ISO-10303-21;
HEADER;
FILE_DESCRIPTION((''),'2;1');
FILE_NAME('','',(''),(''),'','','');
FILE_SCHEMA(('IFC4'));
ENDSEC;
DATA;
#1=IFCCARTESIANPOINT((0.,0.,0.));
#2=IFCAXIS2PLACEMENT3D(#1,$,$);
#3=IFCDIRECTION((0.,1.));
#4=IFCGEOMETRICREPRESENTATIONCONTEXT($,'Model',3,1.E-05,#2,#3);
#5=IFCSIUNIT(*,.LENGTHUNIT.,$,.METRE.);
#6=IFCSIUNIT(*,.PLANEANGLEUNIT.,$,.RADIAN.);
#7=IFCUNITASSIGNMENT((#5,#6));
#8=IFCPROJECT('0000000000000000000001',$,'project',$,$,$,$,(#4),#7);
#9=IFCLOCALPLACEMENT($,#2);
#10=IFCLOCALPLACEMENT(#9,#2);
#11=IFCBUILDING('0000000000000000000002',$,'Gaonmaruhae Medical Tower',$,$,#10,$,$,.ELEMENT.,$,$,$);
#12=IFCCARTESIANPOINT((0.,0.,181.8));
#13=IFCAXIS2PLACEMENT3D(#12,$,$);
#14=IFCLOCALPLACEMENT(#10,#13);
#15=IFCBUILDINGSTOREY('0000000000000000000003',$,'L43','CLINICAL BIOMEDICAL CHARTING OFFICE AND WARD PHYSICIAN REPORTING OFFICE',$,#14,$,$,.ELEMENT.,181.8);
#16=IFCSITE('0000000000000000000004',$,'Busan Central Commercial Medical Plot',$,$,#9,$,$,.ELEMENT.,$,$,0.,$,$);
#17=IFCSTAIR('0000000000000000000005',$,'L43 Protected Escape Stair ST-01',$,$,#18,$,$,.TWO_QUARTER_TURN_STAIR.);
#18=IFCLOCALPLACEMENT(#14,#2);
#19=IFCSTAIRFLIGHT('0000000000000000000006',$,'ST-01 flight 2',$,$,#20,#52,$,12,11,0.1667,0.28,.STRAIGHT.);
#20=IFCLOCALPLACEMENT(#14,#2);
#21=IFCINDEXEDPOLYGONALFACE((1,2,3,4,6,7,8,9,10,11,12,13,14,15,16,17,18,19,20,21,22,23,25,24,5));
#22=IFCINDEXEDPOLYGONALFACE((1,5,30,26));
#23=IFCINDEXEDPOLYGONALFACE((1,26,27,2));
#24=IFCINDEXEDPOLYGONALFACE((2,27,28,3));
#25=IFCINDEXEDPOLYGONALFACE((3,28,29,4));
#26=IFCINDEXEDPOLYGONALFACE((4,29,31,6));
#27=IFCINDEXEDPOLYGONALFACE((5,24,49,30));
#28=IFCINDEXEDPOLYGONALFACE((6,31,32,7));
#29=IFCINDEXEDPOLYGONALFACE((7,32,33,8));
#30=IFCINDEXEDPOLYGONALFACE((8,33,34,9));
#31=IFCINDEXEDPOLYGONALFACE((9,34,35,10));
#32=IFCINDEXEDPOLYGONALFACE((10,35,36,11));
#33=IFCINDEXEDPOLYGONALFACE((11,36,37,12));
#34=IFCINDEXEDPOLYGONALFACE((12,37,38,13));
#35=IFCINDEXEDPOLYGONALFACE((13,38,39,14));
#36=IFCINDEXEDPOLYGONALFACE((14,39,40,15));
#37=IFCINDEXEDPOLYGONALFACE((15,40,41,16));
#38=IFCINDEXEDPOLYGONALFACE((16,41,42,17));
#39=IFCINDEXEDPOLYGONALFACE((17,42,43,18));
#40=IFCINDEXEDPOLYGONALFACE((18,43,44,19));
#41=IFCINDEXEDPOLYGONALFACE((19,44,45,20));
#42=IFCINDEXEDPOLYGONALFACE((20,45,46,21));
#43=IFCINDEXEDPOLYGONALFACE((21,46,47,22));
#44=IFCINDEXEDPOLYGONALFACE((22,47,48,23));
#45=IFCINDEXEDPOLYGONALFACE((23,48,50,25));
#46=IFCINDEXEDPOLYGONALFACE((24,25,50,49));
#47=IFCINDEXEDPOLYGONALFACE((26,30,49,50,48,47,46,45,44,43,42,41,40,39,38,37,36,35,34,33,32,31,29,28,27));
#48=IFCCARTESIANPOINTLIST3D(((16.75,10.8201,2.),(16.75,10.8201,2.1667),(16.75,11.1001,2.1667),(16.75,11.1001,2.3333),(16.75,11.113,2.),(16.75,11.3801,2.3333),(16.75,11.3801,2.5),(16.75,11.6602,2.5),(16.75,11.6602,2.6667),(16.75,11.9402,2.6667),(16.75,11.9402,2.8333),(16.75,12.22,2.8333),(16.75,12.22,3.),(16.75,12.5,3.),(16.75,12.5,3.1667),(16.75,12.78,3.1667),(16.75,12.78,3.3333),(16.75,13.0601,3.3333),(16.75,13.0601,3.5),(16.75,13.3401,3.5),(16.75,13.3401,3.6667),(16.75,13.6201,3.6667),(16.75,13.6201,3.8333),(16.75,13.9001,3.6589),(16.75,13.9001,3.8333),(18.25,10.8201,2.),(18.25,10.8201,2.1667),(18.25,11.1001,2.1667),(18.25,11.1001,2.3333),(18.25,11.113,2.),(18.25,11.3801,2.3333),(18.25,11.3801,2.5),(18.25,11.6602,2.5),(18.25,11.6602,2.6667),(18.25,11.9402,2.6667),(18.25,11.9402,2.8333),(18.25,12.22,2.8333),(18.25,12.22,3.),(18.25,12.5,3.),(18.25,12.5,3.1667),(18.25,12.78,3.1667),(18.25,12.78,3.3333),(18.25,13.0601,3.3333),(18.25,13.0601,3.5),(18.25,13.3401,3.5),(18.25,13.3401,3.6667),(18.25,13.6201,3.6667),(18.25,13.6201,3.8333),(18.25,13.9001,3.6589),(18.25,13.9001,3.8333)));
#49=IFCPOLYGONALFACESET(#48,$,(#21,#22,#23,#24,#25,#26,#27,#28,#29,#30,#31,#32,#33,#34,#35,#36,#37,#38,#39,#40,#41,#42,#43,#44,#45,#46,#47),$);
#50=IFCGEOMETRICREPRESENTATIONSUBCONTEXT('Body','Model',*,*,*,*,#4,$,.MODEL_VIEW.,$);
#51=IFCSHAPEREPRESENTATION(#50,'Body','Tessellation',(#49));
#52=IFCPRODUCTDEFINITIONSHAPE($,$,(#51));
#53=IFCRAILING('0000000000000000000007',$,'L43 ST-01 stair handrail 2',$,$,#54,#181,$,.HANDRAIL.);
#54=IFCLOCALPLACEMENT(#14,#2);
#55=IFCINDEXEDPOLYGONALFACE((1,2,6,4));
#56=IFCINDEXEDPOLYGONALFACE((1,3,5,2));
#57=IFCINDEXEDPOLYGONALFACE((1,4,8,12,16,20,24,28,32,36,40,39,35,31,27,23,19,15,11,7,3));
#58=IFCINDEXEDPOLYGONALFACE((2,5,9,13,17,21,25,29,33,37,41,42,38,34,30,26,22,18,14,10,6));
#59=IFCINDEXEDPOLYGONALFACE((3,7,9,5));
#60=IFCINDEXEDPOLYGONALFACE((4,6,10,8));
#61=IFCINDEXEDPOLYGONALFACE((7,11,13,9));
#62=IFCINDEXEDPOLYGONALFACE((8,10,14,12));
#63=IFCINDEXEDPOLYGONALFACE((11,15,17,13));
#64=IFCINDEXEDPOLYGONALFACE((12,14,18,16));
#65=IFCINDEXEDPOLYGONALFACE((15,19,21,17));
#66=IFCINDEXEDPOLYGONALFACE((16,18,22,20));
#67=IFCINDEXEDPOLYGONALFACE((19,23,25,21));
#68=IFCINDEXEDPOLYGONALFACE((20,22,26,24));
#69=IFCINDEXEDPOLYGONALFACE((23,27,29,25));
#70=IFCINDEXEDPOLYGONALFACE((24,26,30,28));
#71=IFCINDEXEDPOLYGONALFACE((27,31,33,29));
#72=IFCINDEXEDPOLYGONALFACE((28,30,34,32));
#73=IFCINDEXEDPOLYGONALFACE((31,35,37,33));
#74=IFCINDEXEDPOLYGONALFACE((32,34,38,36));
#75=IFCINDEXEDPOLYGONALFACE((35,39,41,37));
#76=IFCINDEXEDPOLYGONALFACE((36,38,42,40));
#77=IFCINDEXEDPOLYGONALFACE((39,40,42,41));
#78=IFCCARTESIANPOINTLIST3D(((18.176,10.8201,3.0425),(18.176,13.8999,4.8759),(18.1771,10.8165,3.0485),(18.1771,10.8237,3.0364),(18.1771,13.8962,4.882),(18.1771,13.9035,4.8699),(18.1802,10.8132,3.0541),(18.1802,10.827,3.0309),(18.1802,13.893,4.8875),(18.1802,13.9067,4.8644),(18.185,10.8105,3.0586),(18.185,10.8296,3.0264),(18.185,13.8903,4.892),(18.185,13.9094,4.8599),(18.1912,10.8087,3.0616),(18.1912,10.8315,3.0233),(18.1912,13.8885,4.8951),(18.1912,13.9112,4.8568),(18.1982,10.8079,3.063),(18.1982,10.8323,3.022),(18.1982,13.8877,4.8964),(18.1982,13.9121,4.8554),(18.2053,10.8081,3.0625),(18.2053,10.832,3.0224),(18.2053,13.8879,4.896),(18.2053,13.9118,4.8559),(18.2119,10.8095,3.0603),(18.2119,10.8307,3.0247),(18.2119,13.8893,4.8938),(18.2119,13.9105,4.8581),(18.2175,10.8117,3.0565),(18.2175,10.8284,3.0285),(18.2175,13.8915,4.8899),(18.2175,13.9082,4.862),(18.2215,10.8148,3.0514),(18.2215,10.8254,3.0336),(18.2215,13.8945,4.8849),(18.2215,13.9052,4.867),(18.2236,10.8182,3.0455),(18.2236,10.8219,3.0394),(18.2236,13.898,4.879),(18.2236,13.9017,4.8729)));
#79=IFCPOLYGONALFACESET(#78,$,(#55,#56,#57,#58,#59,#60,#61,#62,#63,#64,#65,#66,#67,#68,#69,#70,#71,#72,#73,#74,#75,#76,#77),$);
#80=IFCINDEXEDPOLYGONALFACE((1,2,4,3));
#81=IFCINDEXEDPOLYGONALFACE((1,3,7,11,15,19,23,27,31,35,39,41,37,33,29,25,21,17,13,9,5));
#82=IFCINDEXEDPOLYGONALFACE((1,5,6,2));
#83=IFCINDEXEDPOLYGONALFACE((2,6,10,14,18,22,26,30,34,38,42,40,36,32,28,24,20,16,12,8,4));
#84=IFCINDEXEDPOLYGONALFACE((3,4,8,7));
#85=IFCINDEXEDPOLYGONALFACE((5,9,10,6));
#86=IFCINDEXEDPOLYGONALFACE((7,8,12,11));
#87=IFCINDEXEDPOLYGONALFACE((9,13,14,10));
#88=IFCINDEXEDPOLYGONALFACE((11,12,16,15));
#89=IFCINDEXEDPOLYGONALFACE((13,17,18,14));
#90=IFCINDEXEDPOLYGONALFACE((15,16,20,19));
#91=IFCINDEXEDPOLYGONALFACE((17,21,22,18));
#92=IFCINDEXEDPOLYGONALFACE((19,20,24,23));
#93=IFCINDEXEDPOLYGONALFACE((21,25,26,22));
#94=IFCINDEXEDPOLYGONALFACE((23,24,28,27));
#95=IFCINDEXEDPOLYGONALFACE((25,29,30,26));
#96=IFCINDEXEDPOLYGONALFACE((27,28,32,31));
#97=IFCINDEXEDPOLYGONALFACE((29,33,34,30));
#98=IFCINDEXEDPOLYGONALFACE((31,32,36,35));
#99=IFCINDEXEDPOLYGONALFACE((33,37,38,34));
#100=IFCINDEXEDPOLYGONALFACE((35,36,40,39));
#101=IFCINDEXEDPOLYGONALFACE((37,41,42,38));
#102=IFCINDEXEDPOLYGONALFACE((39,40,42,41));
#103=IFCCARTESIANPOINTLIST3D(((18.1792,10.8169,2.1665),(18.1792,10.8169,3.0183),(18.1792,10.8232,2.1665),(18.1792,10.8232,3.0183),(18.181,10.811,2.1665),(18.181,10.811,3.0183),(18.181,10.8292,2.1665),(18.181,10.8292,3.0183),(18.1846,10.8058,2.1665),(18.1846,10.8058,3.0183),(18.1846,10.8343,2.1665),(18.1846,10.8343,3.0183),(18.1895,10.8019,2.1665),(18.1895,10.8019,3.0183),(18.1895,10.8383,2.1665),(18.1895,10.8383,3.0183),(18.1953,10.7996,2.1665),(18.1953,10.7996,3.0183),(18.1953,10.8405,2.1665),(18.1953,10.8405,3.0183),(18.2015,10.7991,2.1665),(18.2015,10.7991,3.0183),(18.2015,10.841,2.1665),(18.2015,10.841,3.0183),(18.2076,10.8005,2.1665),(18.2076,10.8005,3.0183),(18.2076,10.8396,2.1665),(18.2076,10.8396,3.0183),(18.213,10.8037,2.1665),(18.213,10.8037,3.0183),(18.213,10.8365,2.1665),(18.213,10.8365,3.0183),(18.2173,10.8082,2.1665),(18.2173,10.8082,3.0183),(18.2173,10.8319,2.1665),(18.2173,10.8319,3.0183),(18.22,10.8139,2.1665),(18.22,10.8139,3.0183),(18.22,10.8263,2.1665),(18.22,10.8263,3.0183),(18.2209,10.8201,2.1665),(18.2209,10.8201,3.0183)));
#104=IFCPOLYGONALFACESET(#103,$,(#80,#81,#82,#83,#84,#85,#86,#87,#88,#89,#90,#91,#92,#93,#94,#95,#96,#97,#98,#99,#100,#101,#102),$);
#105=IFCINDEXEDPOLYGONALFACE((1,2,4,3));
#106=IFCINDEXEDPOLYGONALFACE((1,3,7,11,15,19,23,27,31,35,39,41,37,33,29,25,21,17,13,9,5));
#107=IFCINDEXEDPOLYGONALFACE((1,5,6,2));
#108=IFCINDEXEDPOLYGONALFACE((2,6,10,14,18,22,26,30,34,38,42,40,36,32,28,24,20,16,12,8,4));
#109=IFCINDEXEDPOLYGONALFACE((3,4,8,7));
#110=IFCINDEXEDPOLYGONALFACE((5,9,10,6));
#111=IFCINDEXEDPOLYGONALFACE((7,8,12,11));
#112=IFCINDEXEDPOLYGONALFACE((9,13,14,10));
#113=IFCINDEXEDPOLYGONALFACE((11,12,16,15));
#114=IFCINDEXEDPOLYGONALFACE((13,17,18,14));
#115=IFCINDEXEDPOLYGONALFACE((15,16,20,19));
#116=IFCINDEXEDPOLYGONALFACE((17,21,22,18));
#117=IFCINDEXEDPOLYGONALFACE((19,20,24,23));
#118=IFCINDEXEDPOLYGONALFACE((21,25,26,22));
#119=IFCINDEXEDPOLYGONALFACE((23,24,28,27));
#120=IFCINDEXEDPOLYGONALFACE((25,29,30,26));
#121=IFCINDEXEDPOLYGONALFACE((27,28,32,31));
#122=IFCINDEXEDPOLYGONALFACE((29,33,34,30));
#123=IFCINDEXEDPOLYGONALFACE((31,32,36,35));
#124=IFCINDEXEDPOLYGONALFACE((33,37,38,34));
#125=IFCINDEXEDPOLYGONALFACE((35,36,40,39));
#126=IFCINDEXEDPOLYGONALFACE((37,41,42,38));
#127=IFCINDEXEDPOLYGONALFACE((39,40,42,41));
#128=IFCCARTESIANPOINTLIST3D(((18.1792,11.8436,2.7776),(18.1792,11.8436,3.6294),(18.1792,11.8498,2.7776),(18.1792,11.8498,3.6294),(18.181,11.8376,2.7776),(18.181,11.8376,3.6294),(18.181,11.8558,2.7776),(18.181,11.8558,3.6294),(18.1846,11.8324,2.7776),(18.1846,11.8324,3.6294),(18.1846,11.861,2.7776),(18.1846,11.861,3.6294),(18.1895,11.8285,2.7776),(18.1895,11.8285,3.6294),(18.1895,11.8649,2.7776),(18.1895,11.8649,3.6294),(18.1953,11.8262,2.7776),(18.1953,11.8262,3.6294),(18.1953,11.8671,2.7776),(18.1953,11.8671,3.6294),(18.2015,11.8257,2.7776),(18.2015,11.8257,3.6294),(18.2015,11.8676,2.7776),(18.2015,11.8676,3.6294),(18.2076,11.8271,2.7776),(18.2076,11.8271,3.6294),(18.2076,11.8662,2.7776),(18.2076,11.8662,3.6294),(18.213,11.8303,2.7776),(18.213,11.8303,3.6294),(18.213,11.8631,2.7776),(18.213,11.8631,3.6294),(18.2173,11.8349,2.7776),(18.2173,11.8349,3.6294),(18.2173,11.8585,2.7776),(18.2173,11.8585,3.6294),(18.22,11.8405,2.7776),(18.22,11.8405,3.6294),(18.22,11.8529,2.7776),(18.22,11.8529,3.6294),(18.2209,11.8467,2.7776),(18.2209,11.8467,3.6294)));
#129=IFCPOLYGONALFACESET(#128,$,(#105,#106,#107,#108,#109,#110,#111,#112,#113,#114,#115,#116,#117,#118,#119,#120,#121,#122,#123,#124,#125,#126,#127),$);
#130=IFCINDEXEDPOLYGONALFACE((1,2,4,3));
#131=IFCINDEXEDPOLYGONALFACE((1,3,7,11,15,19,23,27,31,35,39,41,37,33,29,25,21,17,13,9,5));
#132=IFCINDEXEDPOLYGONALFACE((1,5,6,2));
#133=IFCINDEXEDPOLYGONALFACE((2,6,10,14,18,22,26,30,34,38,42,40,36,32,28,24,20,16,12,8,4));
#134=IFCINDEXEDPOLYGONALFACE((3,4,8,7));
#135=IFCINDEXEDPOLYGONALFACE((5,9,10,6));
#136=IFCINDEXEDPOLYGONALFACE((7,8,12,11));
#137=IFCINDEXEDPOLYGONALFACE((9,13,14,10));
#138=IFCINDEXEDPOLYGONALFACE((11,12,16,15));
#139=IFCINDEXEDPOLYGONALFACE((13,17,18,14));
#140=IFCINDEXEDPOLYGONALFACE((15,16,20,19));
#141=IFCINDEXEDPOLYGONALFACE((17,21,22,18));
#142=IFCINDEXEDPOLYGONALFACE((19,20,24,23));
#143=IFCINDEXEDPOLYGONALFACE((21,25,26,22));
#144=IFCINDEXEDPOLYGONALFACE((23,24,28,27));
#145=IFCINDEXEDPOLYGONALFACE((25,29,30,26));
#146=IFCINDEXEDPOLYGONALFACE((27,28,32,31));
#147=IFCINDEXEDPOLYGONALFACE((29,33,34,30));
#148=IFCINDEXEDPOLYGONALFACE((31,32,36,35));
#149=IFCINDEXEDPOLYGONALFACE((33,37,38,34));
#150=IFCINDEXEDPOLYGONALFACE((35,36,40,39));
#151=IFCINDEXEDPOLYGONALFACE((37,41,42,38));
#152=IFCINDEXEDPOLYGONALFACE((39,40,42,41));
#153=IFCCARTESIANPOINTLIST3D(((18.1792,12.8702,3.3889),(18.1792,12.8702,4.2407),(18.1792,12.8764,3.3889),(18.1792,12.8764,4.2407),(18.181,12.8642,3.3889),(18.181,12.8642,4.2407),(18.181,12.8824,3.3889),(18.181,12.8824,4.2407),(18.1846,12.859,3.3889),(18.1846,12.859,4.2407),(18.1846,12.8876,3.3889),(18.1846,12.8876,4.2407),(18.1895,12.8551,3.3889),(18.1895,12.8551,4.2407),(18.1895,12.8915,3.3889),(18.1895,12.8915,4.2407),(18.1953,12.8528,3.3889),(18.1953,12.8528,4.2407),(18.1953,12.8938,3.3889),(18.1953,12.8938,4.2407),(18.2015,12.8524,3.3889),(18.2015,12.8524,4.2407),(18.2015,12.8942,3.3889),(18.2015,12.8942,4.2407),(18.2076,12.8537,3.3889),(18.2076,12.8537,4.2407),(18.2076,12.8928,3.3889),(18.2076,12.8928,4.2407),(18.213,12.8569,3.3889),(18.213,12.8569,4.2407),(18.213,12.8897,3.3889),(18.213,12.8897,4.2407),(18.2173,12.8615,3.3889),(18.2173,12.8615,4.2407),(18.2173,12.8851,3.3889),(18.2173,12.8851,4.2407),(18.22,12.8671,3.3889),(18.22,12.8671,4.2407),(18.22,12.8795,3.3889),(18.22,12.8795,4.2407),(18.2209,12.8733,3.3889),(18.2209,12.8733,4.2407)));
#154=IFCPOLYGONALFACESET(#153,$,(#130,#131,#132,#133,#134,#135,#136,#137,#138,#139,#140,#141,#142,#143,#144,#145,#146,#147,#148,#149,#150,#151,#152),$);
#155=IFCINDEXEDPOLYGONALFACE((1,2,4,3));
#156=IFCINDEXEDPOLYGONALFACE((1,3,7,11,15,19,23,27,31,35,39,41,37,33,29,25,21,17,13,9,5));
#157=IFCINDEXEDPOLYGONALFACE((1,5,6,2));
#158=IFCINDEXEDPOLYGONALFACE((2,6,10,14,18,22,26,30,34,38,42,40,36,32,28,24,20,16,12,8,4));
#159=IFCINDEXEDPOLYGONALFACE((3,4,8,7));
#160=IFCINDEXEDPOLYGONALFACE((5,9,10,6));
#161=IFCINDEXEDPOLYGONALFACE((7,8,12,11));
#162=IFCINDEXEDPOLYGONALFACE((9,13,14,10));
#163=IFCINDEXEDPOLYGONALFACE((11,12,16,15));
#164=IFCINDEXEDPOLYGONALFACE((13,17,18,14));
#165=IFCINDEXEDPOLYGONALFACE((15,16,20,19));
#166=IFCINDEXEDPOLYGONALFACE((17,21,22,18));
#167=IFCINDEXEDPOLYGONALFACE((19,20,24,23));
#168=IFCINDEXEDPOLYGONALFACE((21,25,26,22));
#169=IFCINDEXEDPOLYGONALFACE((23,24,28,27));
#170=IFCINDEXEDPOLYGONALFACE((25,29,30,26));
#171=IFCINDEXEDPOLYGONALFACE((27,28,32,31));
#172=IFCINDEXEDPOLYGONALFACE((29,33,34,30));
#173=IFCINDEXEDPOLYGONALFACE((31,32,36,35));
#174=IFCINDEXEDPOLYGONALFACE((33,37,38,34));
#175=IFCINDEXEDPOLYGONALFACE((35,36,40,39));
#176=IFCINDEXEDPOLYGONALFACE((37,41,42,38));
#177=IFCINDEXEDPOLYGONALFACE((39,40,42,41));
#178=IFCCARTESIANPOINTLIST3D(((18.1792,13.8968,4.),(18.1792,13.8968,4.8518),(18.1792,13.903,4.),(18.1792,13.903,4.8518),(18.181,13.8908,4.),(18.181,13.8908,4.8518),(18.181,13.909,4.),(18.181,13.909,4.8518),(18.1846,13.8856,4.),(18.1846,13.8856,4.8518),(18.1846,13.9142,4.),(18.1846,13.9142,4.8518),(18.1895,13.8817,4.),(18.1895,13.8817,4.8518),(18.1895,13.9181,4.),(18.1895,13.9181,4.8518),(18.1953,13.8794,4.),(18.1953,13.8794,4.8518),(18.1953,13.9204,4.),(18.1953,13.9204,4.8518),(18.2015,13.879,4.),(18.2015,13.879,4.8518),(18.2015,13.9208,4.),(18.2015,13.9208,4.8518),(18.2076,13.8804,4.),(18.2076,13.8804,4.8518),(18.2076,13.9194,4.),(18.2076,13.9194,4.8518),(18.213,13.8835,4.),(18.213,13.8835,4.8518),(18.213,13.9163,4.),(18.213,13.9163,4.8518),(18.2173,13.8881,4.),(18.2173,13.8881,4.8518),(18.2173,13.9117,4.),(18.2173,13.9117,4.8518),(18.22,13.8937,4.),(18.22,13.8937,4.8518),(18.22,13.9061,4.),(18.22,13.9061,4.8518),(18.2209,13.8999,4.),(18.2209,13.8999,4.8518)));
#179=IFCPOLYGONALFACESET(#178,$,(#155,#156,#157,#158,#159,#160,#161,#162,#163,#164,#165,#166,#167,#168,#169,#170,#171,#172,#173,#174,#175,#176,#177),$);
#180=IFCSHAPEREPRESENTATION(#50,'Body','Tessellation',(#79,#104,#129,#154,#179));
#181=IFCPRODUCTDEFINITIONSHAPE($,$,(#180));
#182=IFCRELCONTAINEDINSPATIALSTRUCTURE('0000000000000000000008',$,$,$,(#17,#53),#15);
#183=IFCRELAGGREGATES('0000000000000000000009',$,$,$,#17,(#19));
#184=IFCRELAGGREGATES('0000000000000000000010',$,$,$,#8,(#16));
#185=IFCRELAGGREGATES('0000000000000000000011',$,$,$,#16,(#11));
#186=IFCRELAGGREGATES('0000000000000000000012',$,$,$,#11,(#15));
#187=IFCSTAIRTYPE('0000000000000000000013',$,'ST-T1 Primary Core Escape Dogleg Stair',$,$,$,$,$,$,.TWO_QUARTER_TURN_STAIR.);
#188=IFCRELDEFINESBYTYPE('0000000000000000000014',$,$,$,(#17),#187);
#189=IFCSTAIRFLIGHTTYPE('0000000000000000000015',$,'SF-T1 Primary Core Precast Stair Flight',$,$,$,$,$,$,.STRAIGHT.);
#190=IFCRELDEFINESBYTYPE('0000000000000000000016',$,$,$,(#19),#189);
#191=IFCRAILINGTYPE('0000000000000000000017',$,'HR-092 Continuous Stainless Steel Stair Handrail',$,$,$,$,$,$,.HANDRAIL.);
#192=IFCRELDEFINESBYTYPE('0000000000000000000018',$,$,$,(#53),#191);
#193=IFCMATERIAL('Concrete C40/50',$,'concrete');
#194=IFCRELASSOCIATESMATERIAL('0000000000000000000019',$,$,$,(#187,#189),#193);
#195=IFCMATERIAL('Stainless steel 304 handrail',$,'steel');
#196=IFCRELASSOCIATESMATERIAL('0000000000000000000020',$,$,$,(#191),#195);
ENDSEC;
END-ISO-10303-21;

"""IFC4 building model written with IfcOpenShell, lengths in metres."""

from ifc_helpers import new_model, si_unit, direction, frame, origin, origin_2d, place, context, subcontext, project, spatial, polyline, circle, outline, extrude, material, type_object, element, aggregate, save


model = new_model("IFC4")

# Units and contexts
model_context = context("Model", 3, precision=1e-05, world=origin(), true_north=direction((0.0, 1.0)))
body_context = subcontext(model_context, "Body", "Model", "MODEL_VIEW")
ifc_project = project(units=[si_unit("LENGTHUNIT", "METRE"), si_unit("PLANEANGLEUNIT", "RADIAN")], contexts=[model_context])

# Site, building, storey
site_placement = place(None, origin())
site = spatial("IfcSite", under=ifc_project, at=site_placement, Name="Busan Central Commercial Medical Plot", CompositionType="ELEMENT", RefElevation=0.0)
building_placement = place(site_placement, origin())
building = spatial("IfcBuilding", under=site, at=building_placement, Name="Gaonmaruhae Medical Tower", CompositionType="ELEMENT")
storey_placement = place(building_placement, frame((0.0, 0.0, 181.8)))
storey = spatial("IfcBuildingStorey", under=building, at=storey_placement, Name="L43", Description="CLINICAL BIOMEDICAL CHARTING OFFICE AND WARD PHYSICIAN REPORTING OFFICE", CompositionType="ELEMENT", Elevation=181.8)

# Stair, stair flight
ifc_material_1 = material(Name="Concrete C40/50", Category="concrete")
stair_type = type_object("IfcStairType", Name="ST-T1 Primary Core Escape Dogleg Stair", PredefinedType="TWO_QUARTER_TURN_STAIR", material=ifc_material_1)
stair_placement = place(storey_placement, origin())
stair = element("IfcStair", 1, at=stair_placement, inside=storey, type_object=stair_type, Name="L43 Protected Escape Stair ST-01", PredefinedType="TWO_QUARTER_TURN_STAIR")
stair_flight_type = type_object("IfcStairFlightType", Name="SF-T1 Primary Core Precast Stair Flight", PredefinedType="STRAIGHT", material=ifc_material_1)
stair_flight_placement = place(storey_placement, frame((17.5, 10.8201, 2.0), z_axis=(0.0, 0.0, 1.0), x_axis=(0.0, 1.0, 0.0)))
stair_flight = element("IfcStairFlight", 2, at=stair_flight_placement, type_object=stair_flight_type, Name="ST-01 flight 2", NumberOfRisers=12, NumberOfTreads=11, PredefinedType="STRAIGHT", RiserHeight=0.1667, TreadLength=0.28, context=body_context, shape_type="SweptSolid", body=[
    extrude(outline(polyline([(0.0, 0.0), (0.0, 0.1667), (0.28, 0.1667), (0.28, 0.3333), (0.5601, 0.3333), (0.5601, 0.5), (0.8401, 0.5), (0.8401, 0.6667), (1.1201, 0.6667), (1.1201, 0.8333), (1.3999, 0.8333), (1.3999, 1.0), (1.6799, 1.0), (1.6799, 1.1667), (1.96, 1.1667), (1.96, 1.3333), (2.24, 1.3333), (2.24, 1.5), (2.52, 1.5), (2.52, 1.6667), (2.8, 1.6667), (2.8, 1.8333), (3.0801, 1.8333), (3.0801, 2.0), (3.0801, 1.6589), (0.293, 0.0), (0.0, 0.0)])), frame((0.0, 0.75, 0.0), z_axis=(0.0, -1.0, 0.0), x_axis=(1.0, 0.0, 0.0)), (0.0, 0.0, 1.0), 1.5),
])
aggregate(stair, [stair_flight])

# Railing
ifc_material_2 = material(Name="Stainless steel 304 handrail", Category="steel")
railing_type_1 = type_object("IfcRailingType", Name="HR-092 Continuous Stainless Steel Stair Handrail", PredefinedType="HANDRAIL", material=ifc_material_2)
railing_1_placement = place(storey_placement, frame((18.2, 10.8201, 2.1665)))
element("IfcRailing", 3, at=railing_1_placement, inside=storey, type_object=railing_type_1, Name="L43 ST-01 stair handrail 2", PredefinedType="HANDRAIL", context=body_context, shape_type="SweptSolid", body=[
    extrude(circle(Radius=0.0239, at=origin_2d()), frame((0.0, 0.0, 0.876), z_axis=(0.0, 0.859261, 0.511538), x_axis=(-1.0, 0.0, 0.0)), (0.0, 0.0, 1.0), 3.5842),
    extrude(circle(Radius=0.021, at=origin_2d()), origin(), (0.0, 0.0, 1.0), 0.8518),
    extrude(circle(Radius=0.021, at=origin_2d()), frame((0.0, 1.0266, 0.6111)), (0.0, 0.0, 1.0), 0.8518),
    extrude(circle(Radius=0.021, at=origin_2d()), frame((0.0, 2.0532, 1.2224)), (0.0, 0.0, 1.0), 0.8518),
    extrude(circle(Radius=0.021, at=origin_2d()), frame((0.0, 3.0798, 1.8335)), (0.0, 0.0, 1.0), 0.8518),
])

save(model, "model.ifc")
